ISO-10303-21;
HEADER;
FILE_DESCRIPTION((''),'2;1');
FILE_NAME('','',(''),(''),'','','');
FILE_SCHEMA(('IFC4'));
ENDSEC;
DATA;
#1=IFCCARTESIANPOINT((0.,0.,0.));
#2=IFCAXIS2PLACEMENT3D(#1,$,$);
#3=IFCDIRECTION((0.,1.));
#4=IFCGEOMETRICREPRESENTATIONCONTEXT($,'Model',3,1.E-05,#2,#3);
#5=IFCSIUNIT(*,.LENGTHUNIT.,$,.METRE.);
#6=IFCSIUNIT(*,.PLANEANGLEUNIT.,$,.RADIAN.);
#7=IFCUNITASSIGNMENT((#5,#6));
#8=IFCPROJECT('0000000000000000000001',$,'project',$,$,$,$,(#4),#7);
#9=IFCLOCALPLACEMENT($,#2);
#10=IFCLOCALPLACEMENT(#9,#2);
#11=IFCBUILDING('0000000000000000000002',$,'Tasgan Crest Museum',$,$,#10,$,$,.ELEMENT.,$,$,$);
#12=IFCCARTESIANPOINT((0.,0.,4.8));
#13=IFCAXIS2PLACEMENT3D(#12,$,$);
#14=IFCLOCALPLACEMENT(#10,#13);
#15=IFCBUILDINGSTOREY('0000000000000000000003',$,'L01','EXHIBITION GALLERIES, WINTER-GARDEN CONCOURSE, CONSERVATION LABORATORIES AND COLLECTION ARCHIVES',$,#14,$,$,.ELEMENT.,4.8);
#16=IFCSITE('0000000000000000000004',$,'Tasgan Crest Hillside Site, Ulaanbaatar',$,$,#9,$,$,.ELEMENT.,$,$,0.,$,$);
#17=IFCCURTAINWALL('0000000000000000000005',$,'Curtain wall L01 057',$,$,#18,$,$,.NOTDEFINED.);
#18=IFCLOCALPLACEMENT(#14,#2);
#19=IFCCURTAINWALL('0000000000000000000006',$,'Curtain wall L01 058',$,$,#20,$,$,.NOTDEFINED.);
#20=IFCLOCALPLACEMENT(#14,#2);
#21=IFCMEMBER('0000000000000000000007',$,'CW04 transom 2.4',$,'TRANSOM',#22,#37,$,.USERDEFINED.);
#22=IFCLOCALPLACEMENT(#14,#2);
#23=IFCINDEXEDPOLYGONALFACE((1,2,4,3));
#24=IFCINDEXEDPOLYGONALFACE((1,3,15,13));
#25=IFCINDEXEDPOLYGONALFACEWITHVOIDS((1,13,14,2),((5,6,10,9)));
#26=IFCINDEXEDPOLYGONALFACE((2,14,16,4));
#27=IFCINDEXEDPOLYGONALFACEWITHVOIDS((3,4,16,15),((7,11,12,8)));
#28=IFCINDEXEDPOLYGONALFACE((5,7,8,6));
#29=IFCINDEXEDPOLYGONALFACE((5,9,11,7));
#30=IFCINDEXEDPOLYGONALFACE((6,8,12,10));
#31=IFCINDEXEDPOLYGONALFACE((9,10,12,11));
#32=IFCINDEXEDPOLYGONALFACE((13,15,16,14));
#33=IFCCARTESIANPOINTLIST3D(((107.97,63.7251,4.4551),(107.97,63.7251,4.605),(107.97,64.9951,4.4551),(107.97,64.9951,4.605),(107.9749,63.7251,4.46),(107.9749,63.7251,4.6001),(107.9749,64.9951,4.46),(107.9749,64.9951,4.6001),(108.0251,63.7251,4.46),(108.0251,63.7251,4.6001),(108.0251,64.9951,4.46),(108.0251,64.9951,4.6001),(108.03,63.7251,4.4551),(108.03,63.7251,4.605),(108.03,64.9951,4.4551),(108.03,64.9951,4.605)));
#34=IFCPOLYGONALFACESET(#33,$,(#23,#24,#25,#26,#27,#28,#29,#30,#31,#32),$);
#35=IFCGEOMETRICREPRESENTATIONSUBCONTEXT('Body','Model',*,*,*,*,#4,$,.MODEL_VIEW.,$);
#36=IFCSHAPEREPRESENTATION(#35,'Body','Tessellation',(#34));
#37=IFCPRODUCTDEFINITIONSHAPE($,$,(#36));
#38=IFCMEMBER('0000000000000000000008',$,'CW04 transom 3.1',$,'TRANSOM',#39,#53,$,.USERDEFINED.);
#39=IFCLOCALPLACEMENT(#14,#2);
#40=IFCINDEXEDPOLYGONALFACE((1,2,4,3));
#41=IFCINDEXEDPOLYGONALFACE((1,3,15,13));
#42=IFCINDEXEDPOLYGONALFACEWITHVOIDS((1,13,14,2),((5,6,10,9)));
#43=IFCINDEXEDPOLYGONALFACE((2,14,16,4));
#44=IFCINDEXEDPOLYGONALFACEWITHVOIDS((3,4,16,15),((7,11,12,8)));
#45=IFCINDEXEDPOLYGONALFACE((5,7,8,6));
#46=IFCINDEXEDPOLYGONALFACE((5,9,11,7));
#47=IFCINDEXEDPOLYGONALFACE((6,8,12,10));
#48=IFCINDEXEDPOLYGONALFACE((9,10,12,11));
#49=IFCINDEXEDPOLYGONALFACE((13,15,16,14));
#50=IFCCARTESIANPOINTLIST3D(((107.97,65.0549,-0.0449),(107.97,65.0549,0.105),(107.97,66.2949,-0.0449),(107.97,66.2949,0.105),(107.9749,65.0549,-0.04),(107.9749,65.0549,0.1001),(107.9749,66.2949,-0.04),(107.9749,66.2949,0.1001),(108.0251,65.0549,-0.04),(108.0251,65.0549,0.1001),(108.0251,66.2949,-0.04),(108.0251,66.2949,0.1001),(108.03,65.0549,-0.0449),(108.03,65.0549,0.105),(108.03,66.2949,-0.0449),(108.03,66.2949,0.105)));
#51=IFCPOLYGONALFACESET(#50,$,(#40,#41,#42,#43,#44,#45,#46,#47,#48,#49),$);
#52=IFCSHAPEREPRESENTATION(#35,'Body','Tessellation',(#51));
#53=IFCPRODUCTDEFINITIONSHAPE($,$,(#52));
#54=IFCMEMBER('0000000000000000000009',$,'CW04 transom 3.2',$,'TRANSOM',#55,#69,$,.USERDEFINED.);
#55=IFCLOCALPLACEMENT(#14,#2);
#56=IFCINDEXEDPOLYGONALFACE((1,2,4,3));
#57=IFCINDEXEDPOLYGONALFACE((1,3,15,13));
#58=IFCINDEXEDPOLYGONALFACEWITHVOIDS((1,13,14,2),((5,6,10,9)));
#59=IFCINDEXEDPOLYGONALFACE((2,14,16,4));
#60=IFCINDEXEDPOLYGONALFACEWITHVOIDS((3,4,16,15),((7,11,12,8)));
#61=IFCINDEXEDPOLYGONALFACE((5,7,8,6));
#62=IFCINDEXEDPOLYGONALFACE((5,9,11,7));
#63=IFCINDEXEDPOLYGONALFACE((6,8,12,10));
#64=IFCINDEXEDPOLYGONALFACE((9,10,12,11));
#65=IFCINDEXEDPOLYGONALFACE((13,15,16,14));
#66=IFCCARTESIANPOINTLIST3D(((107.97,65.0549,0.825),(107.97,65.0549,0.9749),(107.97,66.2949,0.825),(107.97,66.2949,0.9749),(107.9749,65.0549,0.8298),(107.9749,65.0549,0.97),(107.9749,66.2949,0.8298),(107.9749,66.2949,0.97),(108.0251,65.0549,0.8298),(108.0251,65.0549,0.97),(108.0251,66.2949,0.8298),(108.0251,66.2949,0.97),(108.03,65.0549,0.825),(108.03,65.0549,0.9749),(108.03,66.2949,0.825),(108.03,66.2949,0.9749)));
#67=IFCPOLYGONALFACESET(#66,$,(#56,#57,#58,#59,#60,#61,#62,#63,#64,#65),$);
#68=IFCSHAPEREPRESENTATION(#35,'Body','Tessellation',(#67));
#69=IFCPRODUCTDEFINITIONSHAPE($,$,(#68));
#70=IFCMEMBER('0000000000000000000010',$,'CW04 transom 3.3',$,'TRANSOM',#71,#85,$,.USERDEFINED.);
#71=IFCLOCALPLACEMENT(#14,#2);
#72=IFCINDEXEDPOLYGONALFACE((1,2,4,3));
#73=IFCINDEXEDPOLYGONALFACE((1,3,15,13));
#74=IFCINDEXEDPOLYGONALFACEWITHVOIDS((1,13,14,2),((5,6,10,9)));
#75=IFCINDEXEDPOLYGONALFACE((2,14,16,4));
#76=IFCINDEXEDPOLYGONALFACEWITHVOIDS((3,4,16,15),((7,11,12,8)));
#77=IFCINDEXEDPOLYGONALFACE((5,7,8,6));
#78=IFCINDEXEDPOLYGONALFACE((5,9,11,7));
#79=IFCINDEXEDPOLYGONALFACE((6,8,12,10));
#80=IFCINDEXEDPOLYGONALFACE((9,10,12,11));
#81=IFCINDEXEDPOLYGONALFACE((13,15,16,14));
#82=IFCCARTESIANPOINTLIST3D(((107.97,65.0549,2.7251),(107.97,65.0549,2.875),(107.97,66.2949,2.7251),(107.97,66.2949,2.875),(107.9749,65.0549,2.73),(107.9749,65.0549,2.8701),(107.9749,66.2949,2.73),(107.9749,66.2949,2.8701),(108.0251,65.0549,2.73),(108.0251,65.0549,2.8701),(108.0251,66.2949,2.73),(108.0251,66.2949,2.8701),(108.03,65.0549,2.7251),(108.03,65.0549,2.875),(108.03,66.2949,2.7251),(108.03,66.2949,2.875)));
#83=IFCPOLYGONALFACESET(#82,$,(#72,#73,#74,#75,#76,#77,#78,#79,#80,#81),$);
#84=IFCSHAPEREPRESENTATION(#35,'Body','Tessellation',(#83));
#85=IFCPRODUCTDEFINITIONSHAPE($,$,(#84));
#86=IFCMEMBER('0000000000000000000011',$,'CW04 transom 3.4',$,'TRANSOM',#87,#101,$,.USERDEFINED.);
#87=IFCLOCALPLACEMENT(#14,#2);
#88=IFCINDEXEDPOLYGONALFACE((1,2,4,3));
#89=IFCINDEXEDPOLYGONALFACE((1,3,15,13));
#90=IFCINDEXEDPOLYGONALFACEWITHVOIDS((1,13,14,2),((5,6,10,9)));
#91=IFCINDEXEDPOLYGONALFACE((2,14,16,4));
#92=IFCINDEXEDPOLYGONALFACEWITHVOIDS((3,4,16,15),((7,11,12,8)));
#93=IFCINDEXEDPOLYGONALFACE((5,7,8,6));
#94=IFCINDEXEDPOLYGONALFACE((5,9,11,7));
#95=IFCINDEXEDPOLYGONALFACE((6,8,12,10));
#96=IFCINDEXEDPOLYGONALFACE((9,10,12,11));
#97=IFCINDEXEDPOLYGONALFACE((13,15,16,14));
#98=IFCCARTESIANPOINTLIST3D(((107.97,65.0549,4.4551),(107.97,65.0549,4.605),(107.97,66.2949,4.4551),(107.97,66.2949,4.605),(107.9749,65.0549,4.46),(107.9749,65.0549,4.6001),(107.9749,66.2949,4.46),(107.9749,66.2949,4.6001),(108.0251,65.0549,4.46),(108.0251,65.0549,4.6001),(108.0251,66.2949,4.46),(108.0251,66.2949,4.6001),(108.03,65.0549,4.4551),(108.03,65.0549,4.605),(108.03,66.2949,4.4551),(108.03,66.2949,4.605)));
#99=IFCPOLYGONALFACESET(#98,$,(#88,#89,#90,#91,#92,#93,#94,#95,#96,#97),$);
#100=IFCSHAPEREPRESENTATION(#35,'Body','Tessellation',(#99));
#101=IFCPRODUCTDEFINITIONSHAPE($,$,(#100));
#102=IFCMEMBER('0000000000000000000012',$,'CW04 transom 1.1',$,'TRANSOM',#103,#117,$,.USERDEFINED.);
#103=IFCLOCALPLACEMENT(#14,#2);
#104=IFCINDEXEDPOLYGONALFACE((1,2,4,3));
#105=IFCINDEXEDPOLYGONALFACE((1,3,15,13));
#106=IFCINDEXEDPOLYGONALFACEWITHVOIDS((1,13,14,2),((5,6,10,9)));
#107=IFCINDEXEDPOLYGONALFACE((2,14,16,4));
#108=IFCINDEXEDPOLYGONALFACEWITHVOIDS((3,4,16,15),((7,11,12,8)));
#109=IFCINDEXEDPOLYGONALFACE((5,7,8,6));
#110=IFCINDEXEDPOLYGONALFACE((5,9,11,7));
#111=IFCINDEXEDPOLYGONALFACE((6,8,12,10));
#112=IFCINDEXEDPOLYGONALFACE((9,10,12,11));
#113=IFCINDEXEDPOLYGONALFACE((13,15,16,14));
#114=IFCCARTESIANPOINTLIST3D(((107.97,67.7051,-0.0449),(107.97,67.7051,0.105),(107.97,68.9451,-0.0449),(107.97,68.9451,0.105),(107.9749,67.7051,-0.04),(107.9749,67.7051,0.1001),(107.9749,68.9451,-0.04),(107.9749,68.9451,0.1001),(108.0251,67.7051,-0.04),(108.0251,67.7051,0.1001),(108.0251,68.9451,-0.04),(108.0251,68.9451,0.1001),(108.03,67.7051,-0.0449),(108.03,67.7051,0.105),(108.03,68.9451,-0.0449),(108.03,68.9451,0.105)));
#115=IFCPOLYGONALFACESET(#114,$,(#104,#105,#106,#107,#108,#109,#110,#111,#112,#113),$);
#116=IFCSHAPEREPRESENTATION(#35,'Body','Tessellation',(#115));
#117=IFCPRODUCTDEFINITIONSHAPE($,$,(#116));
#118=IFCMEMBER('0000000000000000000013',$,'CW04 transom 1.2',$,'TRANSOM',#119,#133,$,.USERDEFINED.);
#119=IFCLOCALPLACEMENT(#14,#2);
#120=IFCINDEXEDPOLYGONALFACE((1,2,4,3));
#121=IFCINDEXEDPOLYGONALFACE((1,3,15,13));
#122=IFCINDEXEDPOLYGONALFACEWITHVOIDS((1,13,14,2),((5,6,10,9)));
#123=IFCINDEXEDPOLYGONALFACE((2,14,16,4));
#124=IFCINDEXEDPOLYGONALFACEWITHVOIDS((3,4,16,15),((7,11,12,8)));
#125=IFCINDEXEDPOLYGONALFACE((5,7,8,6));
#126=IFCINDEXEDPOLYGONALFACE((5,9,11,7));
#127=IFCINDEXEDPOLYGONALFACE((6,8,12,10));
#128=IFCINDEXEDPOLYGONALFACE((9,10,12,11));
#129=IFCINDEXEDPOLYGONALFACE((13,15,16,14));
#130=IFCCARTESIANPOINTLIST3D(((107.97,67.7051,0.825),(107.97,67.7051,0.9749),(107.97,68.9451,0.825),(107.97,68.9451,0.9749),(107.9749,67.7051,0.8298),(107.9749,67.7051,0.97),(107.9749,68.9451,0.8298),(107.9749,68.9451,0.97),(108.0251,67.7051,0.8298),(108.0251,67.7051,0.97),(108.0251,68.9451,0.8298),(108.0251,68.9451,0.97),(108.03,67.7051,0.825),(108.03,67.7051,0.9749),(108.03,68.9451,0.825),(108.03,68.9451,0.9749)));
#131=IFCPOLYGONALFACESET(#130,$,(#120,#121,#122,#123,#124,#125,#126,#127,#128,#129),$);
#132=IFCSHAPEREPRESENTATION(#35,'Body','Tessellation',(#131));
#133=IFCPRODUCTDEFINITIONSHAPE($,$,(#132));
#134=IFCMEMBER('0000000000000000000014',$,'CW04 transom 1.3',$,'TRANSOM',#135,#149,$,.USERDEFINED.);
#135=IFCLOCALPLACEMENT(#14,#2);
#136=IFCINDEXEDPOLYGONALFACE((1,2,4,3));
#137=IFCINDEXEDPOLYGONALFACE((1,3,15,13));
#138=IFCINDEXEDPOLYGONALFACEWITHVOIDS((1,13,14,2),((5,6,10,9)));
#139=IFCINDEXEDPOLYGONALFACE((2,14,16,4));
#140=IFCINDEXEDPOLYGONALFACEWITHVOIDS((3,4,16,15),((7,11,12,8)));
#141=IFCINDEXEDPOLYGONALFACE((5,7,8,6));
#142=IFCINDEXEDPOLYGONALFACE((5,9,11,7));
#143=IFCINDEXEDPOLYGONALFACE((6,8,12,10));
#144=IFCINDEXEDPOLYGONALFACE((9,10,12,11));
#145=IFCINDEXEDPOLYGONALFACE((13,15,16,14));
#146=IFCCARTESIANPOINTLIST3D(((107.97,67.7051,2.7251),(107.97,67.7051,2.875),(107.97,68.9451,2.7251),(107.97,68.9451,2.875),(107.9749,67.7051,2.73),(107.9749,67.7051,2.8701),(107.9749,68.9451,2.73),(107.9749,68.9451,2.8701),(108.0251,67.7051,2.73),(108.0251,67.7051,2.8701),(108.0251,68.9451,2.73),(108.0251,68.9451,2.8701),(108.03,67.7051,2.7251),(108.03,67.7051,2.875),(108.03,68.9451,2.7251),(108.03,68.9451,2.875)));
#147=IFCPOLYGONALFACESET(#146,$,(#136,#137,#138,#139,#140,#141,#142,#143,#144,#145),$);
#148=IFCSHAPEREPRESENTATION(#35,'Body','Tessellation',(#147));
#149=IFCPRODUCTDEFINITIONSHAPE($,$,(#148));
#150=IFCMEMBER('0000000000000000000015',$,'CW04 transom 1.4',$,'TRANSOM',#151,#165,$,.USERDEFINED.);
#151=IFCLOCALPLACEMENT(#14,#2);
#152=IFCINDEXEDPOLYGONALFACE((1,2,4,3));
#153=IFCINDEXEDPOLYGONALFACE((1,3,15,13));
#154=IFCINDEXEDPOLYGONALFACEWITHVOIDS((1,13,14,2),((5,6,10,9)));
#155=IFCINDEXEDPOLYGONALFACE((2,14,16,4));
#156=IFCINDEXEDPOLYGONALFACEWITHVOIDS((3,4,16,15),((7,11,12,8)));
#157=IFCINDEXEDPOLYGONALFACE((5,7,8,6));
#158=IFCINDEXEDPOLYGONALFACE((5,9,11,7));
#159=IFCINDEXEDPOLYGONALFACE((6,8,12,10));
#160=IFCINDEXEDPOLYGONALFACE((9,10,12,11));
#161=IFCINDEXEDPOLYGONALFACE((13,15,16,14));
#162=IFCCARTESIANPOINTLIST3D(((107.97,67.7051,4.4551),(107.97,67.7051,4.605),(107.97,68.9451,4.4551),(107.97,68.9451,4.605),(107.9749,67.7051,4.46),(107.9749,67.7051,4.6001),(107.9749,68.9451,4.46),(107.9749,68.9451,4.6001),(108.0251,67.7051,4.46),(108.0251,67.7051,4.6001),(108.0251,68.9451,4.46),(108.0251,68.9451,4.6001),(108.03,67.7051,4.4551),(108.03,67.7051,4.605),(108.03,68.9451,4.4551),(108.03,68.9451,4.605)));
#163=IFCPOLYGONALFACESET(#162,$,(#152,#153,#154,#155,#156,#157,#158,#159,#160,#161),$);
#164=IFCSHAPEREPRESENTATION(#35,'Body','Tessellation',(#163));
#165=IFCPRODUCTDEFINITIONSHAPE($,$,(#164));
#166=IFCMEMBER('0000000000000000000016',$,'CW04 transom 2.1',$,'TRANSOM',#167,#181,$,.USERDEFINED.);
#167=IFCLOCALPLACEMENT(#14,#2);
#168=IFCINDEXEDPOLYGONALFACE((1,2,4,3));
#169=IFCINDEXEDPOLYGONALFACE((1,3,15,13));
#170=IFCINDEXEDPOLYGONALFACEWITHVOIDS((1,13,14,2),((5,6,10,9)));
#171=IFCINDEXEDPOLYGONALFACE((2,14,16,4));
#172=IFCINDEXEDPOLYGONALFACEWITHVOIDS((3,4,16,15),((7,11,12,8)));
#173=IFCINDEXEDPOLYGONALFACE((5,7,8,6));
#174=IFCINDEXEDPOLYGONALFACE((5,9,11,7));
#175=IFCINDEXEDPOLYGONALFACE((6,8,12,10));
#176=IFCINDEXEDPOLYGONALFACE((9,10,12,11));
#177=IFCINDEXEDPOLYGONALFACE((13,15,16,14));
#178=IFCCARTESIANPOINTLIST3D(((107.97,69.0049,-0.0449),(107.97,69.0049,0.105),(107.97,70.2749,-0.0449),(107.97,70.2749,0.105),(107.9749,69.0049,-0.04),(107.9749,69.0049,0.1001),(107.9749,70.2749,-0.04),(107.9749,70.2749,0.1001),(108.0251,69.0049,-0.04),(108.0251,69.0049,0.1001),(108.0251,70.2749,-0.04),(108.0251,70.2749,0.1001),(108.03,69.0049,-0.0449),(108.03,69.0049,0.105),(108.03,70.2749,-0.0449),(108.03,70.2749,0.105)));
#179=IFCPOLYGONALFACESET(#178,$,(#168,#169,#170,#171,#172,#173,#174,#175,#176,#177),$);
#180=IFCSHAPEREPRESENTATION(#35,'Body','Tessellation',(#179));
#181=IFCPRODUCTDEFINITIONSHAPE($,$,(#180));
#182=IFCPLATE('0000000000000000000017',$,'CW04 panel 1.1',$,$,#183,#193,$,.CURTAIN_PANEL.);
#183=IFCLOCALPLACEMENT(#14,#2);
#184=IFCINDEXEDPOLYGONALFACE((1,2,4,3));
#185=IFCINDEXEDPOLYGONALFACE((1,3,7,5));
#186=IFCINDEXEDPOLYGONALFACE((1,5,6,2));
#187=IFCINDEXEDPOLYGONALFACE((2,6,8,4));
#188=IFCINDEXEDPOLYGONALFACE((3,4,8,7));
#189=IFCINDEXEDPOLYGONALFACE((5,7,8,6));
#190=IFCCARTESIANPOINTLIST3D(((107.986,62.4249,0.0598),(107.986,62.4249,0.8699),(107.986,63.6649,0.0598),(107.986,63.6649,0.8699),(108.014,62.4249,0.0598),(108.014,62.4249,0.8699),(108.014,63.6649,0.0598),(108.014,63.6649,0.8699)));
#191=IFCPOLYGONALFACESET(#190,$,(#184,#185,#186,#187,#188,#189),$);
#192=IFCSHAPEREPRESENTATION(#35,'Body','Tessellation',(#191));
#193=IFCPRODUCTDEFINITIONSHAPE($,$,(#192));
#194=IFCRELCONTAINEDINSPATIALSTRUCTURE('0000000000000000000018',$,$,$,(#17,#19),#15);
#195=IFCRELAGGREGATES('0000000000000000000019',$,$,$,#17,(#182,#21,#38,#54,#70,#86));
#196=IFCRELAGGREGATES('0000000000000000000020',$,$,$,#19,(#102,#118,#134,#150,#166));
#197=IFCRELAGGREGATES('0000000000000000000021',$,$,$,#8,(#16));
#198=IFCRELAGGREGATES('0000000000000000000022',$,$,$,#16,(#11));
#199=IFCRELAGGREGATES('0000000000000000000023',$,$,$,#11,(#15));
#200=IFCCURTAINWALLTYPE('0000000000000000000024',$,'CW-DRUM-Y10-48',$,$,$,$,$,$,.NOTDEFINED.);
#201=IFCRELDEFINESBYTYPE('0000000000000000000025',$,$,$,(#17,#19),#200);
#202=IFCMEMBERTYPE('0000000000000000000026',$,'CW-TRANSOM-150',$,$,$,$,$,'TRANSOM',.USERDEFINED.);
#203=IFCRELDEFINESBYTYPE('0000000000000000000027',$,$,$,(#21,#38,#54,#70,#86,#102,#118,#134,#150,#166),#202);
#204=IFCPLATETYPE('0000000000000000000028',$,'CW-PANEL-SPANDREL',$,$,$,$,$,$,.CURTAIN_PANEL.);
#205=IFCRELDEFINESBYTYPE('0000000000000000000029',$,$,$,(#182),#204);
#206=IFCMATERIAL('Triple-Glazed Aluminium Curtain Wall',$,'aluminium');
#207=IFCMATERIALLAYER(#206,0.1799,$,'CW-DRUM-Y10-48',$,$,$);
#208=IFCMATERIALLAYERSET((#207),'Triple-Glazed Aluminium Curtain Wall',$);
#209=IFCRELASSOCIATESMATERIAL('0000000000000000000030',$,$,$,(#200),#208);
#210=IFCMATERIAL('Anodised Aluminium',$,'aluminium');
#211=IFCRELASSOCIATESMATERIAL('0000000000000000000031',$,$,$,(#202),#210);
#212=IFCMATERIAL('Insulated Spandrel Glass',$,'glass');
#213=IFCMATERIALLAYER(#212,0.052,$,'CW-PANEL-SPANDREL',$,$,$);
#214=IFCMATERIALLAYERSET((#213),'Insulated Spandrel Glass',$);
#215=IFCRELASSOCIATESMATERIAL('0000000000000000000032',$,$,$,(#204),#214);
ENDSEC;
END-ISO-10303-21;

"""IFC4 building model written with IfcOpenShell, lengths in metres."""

from ifc_helpers import new_model, si_unit, direction, frame, origin, origin_2d, place, context, subcontext, project, spatial, rectangle, hollow_rectangle, extrude, material, layer, layer_set, material_profile, profile_set, type_object, element, aggregate, save


model = new_model("IFC4")

# Units and contexts
model_context = context("Model", 3, precision=1e-05, world=origin(), true_north=direction((0.0, 1.0)))
body_context = subcontext(model_context, "Body", "Model", "MODEL_VIEW")
ifc_project = project(units=[si_unit("LENGTHUNIT", "METRE"), si_unit("PLANEANGLEUNIT", "RADIAN")], contexts=[model_context])

# Site, building, storey
site_placement = place(None, origin())
site = spatial("IfcSite", under=ifc_project, at=site_placement, Name="Tasgan Crest Hillside Site, Ulaanbaatar", CompositionType="ELEMENT", RefElevation=0.0)
building_placement = place(site_placement, origin())
building = spatial("IfcBuilding", under=site, at=building_placement, Name="Tasgan Crest Museum", CompositionType="ELEMENT")
storey_placement = place(building_placement, frame((0.0, 0.0, 4.8)))
storey = spatial("IfcBuildingStorey", under=building, at=storey_placement, Name="L01", Description="EXHIBITION GALLERIES, WINTER-GARDEN CONCOURSE, CONSERVATION LABORATORIES AND COLLECTION ARCHIVES", CompositionType="ELEMENT", Elevation=4.8)

# Curtain walls
ifc_material_1 = material(Name="Triple-Glazed Aluminium Curtain Wall", Category="aluminium")
ifc_layer_1 = layer(ifc_material_1, 0.1799, Name="CW-DRUM-Y10-48")
ifc_layer_set_1 = layer_set([ifc_layer_1], Name="Triple-Glazed Aluminium Curtain Wall")
curtain_wall_type = type_object("IfcCurtainWallType", Name="CW-DRUM-Y10-48", PredefinedType="NOTDEFINED", material=ifc_layer_set_1)
curtain_wall_1_placement = place(storey_placement, origin())
curtain_wall_1 = element("IfcCurtainWall", 1, at=curtain_wall_1_placement, inside=storey, type_object=curtain_wall_type, Name="Curtain wall L01 057", PredefinedType="NOTDEFINED")
curtain_wall_2_placement = place(storey_placement, origin())
curtain_wall_2 = element("IfcCurtainWall", 2, at=curtain_wall_2_placement, inside=storey, type_object=curtain_wall_type, Name="Curtain wall L01 058", PredefinedType="NOTDEFINED")

# Members
ifc_material_2 = material(Name="Anodised Aluminium", Category="aluminium")
ifc_material_profile_1 = material_profile(ifc_material_2, hollow_rectangle(XDim=0.0601, YDim=0.1499, WallThickness=0.0049, at=origin_2d()), Name="ALU TRANSOM 150x60x5")
ifc_profile_set_1 = profile_set([ifc_material_profile_1], Name="Anodised Aluminium")
member_type_1 = type_object("IfcMemberType", Name="CW-TRANSOM-150", ElementType="TRANSOM", PredefinedType="USERDEFINED", material=ifc_profile_set_1)
member_1_placement = place(storey_placement, frame((108.0, 63.7251, 4.53), z_axis=(0.0, 1.0, 0.0), x_axis=(-1.0, 0.0, 0.0)))
member_1 = element("IfcMember", 3, at=member_1_placement, type_object=member_type_1, Name="CW04 transom 2.4", ObjectType="TRANSOM", PredefinedType="USERDEFINED", context=body_context, shape_type="SweptSolid", body=[
    extrude(hollow_rectangle(XDim=0.0601, YDim=0.1499, WallThickness=0.0049, at=origin_2d()), origin(), (0.0, 0.0, 1.0), 1.27),
])
member_2_placement = place(storey_placement, frame((108.0, 65.0549, 0.03), z_axis=(0.0, 1.0, 0.0), x_axis=(-1.0, 0.0, 0.0)))
member_2 = element("IfcMember", 4, at=member_2_placement, type_object=member_type_1, Name="CW04 transom 3.1", ObjectType="TRANSOM", PredefinedType="USERDEFINED", context=body_context, shape_type="SweptSolid", body=[
    extrude(hollow_rectangle(XDim=0.0601, YDim=0.1499, WallThickness=0.0049, at=origin_2d()), origin(), (0.0, 0.0, 1.0), 1.24),
])
member_3_placement = place(storey_placement, frame((108.0, 65.0549, 0.8999), z_axis=(0.0, 1.0, 0.0), x_axis=(-1.0, 0.0, 0.0)))
member_3 = element("IfcMember", 5, at=member_3_placement, type_object=member_type_1, Name="CW04 transom 3.2", ObjectType="TRANSOM", PredefinedType="USERDEFINED", context=body_context, shape_type="SweptSolid", body=[
    extrude(hollow_rectangle(XDim=0.0601, YDim=0.1499, WallThickness=0.0049, at=origin_2d()), origin(), (0.0, 0.0, 1.0), 1.24),
])
member_4_placement = place(storey_placement, frame((108.0, 65.0549, 2.8), z_axis=(0.0, 1.0, 0.0), x_axis=(-1.0, 0.0, 0.0)))
member_4 = element("IfcMember", 6, at=member_4_placement, type_object=member_type_1, Name="CW04 transom 3.3", ObjectType="TRANSOM", PredefinedType="USERDEFINED", context=body_context, shape_type="SweptSolid", body=[
    extrude(hollow_rectangle(XDim=0.0601, YDim=0.1499, WallThickness=0.0049, at=origin_2d()), origin(), (0.0, 0.0, 1.0), 1.24),
])
member_5_placement = place(storey_placement, frame((108.0, 65.0549, 4.53), z_axis=(0.0, 1.0, 0.0), x_axis=(-1.0, 0.0, 0.0)))
member_5 = element("IfcMember", 7, at=member_5_placement, type_object=member_type_1, Name="CW04 transom 3.4", ObjectType="TRANSOM", PredefinedType="USERDEFINED", context=body_context, shape_type="SweptSolid", body=[
    extrude(hollow_rectangle(XDim=0.0601, YDim=0.1499, WallThickness=0.0049, at=origin_2d()), origin(), (0.0, 0.0, 1.0), 1.24),
])
member_6_placement = place(storey_placement, frame((108.0, 67.7051, 0.03), z_axis=(0.0, 1.0, 0.0), x_axis=(-1.0, 0.0, 0.0)))
member_6 = element("IfcMember", 8, at=member_6_placement, type_object=member_type_1, Name="CW04 transom 1.1", ObjectType="TRANSOM", PredefinedType="USERDEFINED", context=body_context, shape_type="SweptSolid", body=[
    extrude(hollow_rectangle(XDim=0.0601, YDim=0.1499, WallThickness=0.0049, at=origin_2d()), origin(), (0.0, 0.0, 1.0), 1.24),
])
member_7_placement = place(storey_placement, frame((108.0, 67.7051, 0.8999), z_axis=(0.0, 1.0, 0.0), x_axis=(-1.0, 0.0, 0.0)))
member_7 = element("IfcMember", 9, at=member_7_placement, type_object=member_type_1, Name="CW04 transom 1.2", ObjectType="TRANSOM", PredefinedType="USERDEFINED", context=body_context, shape_type="SweptSolid", body=[
    extrude(hollow_rectangle(XDim=0.0601, YDim=0.1499, WallThickness=0.0049, at=origin_2d()), origin(), (0.0, 0.0, 1.0), 1.24),
])
member_8_placement = place(storey_placement, frame((108.0, 67.7051, 2.8), z_axis=(0.0, 1.0, 0.0), x_axis=(-1.0, 0.0, 0.0)))
member_8 = element("IfcMember", 10, at=member_8_placement, type_object=member_type_1, Name="CW04 transom 1.3", ObjectType="TRANSOM", PredefinedType="USERDEFINED", context=body_context, shape_type="SweptSolid", body=[
    extrude(hollow_rectangle(XDim=0.0601, YDim=0.1499, WallThickness=0.0049, at=origin_2d()), origin(), (0.0, 0.0, 1.0), 1.24),
])
member_9_placement = place(storey_placement, frame((108.0, 67.7051, 4.53), z_axis=(0.0, 1.0, 0.0), x_axis=(-1.0, 0.0, 0.0)))
member_9 = element("IfcMember", 11, at=member_9_placement, type_object=member_type_1, Name="CW04 transom 1.4", ObjectType="TRANSOM", PredefinedType="USERDEFINED", context=body_context, shape_type="SweptSolid", body=[
    extrude(hollow_rectangle(XDim=0.0601, YDim=0.1499, WallThickness=0.0049, at=origin_2d()), origin(), (0.0, 0.0, 1.0), 1.24),
])
member_10_placement = place(storey_placement, frame((108.0, 69.0049, 0.03), z_axis=(0.0, 1.0, 0.0), x_axis=(-1.0, 0.0, 0.0)))
member_10 = element("IfcMember", 12, at=member_10_placement, type_object=member_type_1, Name="CW04 transom 2.1", ObjectType="TRANSOM", PredefinedType="USERDEFINED", context=body_context, shape_type="SweptSolid", body=[
    extrude(hollow_rectangle(XDim=0.0601, YDim=0.1499, WallThickness=0.0049, at=origin_2d()), origin(), (0.0, 0.0, 1.0), 1.27),
])

# Plate
ifc_material_3 = material(Name="Insulated Spandrel Glass", Category="glass")
ifc_layer_2 = layer(ifc_material_3, 0.052, Name="CW-PANEL-SPANDREL")
ifc_layer_set_2 = layer_set([ifc_layer_2], Name="Insulated Spandrel Glass")
plate_type_1 = type_object("IfcPlateType", Name="CW-PANEL-SPANDREL", PredefinedType="CURTAIN_PANEL", material=ifc_layer_set_2)
plate_1_placement = place(storey_placement, frame((108.0, 63.0449, 0.0598), z_axis=(0.0, 0.0, 1.0), x_axis=(0.0, 1.0, 0.0)))
plate_1 = element("IfcPlate", 13, at=plate_1_placement, type_object=plate_type_1, Name="CW04 panel 1.1", PredefinedType="CURTAIN_PANEL", context=body_context, shape_type="SweptSolid", body=[
    extrude(rectangle(XDim=1.24, YDim=0.0281, at=origin_2d()), origin(), (0.0, 0.0, 1.0), 0.8101),
])
aggregate(curtain_wall_1, [plate_1, member_1, member_2, member_3, member_4, member_5])
aggregate(curtain_wall_2, [member_6, member_7, member_8, member_9, member_10])

save(model, "model.ifc")
